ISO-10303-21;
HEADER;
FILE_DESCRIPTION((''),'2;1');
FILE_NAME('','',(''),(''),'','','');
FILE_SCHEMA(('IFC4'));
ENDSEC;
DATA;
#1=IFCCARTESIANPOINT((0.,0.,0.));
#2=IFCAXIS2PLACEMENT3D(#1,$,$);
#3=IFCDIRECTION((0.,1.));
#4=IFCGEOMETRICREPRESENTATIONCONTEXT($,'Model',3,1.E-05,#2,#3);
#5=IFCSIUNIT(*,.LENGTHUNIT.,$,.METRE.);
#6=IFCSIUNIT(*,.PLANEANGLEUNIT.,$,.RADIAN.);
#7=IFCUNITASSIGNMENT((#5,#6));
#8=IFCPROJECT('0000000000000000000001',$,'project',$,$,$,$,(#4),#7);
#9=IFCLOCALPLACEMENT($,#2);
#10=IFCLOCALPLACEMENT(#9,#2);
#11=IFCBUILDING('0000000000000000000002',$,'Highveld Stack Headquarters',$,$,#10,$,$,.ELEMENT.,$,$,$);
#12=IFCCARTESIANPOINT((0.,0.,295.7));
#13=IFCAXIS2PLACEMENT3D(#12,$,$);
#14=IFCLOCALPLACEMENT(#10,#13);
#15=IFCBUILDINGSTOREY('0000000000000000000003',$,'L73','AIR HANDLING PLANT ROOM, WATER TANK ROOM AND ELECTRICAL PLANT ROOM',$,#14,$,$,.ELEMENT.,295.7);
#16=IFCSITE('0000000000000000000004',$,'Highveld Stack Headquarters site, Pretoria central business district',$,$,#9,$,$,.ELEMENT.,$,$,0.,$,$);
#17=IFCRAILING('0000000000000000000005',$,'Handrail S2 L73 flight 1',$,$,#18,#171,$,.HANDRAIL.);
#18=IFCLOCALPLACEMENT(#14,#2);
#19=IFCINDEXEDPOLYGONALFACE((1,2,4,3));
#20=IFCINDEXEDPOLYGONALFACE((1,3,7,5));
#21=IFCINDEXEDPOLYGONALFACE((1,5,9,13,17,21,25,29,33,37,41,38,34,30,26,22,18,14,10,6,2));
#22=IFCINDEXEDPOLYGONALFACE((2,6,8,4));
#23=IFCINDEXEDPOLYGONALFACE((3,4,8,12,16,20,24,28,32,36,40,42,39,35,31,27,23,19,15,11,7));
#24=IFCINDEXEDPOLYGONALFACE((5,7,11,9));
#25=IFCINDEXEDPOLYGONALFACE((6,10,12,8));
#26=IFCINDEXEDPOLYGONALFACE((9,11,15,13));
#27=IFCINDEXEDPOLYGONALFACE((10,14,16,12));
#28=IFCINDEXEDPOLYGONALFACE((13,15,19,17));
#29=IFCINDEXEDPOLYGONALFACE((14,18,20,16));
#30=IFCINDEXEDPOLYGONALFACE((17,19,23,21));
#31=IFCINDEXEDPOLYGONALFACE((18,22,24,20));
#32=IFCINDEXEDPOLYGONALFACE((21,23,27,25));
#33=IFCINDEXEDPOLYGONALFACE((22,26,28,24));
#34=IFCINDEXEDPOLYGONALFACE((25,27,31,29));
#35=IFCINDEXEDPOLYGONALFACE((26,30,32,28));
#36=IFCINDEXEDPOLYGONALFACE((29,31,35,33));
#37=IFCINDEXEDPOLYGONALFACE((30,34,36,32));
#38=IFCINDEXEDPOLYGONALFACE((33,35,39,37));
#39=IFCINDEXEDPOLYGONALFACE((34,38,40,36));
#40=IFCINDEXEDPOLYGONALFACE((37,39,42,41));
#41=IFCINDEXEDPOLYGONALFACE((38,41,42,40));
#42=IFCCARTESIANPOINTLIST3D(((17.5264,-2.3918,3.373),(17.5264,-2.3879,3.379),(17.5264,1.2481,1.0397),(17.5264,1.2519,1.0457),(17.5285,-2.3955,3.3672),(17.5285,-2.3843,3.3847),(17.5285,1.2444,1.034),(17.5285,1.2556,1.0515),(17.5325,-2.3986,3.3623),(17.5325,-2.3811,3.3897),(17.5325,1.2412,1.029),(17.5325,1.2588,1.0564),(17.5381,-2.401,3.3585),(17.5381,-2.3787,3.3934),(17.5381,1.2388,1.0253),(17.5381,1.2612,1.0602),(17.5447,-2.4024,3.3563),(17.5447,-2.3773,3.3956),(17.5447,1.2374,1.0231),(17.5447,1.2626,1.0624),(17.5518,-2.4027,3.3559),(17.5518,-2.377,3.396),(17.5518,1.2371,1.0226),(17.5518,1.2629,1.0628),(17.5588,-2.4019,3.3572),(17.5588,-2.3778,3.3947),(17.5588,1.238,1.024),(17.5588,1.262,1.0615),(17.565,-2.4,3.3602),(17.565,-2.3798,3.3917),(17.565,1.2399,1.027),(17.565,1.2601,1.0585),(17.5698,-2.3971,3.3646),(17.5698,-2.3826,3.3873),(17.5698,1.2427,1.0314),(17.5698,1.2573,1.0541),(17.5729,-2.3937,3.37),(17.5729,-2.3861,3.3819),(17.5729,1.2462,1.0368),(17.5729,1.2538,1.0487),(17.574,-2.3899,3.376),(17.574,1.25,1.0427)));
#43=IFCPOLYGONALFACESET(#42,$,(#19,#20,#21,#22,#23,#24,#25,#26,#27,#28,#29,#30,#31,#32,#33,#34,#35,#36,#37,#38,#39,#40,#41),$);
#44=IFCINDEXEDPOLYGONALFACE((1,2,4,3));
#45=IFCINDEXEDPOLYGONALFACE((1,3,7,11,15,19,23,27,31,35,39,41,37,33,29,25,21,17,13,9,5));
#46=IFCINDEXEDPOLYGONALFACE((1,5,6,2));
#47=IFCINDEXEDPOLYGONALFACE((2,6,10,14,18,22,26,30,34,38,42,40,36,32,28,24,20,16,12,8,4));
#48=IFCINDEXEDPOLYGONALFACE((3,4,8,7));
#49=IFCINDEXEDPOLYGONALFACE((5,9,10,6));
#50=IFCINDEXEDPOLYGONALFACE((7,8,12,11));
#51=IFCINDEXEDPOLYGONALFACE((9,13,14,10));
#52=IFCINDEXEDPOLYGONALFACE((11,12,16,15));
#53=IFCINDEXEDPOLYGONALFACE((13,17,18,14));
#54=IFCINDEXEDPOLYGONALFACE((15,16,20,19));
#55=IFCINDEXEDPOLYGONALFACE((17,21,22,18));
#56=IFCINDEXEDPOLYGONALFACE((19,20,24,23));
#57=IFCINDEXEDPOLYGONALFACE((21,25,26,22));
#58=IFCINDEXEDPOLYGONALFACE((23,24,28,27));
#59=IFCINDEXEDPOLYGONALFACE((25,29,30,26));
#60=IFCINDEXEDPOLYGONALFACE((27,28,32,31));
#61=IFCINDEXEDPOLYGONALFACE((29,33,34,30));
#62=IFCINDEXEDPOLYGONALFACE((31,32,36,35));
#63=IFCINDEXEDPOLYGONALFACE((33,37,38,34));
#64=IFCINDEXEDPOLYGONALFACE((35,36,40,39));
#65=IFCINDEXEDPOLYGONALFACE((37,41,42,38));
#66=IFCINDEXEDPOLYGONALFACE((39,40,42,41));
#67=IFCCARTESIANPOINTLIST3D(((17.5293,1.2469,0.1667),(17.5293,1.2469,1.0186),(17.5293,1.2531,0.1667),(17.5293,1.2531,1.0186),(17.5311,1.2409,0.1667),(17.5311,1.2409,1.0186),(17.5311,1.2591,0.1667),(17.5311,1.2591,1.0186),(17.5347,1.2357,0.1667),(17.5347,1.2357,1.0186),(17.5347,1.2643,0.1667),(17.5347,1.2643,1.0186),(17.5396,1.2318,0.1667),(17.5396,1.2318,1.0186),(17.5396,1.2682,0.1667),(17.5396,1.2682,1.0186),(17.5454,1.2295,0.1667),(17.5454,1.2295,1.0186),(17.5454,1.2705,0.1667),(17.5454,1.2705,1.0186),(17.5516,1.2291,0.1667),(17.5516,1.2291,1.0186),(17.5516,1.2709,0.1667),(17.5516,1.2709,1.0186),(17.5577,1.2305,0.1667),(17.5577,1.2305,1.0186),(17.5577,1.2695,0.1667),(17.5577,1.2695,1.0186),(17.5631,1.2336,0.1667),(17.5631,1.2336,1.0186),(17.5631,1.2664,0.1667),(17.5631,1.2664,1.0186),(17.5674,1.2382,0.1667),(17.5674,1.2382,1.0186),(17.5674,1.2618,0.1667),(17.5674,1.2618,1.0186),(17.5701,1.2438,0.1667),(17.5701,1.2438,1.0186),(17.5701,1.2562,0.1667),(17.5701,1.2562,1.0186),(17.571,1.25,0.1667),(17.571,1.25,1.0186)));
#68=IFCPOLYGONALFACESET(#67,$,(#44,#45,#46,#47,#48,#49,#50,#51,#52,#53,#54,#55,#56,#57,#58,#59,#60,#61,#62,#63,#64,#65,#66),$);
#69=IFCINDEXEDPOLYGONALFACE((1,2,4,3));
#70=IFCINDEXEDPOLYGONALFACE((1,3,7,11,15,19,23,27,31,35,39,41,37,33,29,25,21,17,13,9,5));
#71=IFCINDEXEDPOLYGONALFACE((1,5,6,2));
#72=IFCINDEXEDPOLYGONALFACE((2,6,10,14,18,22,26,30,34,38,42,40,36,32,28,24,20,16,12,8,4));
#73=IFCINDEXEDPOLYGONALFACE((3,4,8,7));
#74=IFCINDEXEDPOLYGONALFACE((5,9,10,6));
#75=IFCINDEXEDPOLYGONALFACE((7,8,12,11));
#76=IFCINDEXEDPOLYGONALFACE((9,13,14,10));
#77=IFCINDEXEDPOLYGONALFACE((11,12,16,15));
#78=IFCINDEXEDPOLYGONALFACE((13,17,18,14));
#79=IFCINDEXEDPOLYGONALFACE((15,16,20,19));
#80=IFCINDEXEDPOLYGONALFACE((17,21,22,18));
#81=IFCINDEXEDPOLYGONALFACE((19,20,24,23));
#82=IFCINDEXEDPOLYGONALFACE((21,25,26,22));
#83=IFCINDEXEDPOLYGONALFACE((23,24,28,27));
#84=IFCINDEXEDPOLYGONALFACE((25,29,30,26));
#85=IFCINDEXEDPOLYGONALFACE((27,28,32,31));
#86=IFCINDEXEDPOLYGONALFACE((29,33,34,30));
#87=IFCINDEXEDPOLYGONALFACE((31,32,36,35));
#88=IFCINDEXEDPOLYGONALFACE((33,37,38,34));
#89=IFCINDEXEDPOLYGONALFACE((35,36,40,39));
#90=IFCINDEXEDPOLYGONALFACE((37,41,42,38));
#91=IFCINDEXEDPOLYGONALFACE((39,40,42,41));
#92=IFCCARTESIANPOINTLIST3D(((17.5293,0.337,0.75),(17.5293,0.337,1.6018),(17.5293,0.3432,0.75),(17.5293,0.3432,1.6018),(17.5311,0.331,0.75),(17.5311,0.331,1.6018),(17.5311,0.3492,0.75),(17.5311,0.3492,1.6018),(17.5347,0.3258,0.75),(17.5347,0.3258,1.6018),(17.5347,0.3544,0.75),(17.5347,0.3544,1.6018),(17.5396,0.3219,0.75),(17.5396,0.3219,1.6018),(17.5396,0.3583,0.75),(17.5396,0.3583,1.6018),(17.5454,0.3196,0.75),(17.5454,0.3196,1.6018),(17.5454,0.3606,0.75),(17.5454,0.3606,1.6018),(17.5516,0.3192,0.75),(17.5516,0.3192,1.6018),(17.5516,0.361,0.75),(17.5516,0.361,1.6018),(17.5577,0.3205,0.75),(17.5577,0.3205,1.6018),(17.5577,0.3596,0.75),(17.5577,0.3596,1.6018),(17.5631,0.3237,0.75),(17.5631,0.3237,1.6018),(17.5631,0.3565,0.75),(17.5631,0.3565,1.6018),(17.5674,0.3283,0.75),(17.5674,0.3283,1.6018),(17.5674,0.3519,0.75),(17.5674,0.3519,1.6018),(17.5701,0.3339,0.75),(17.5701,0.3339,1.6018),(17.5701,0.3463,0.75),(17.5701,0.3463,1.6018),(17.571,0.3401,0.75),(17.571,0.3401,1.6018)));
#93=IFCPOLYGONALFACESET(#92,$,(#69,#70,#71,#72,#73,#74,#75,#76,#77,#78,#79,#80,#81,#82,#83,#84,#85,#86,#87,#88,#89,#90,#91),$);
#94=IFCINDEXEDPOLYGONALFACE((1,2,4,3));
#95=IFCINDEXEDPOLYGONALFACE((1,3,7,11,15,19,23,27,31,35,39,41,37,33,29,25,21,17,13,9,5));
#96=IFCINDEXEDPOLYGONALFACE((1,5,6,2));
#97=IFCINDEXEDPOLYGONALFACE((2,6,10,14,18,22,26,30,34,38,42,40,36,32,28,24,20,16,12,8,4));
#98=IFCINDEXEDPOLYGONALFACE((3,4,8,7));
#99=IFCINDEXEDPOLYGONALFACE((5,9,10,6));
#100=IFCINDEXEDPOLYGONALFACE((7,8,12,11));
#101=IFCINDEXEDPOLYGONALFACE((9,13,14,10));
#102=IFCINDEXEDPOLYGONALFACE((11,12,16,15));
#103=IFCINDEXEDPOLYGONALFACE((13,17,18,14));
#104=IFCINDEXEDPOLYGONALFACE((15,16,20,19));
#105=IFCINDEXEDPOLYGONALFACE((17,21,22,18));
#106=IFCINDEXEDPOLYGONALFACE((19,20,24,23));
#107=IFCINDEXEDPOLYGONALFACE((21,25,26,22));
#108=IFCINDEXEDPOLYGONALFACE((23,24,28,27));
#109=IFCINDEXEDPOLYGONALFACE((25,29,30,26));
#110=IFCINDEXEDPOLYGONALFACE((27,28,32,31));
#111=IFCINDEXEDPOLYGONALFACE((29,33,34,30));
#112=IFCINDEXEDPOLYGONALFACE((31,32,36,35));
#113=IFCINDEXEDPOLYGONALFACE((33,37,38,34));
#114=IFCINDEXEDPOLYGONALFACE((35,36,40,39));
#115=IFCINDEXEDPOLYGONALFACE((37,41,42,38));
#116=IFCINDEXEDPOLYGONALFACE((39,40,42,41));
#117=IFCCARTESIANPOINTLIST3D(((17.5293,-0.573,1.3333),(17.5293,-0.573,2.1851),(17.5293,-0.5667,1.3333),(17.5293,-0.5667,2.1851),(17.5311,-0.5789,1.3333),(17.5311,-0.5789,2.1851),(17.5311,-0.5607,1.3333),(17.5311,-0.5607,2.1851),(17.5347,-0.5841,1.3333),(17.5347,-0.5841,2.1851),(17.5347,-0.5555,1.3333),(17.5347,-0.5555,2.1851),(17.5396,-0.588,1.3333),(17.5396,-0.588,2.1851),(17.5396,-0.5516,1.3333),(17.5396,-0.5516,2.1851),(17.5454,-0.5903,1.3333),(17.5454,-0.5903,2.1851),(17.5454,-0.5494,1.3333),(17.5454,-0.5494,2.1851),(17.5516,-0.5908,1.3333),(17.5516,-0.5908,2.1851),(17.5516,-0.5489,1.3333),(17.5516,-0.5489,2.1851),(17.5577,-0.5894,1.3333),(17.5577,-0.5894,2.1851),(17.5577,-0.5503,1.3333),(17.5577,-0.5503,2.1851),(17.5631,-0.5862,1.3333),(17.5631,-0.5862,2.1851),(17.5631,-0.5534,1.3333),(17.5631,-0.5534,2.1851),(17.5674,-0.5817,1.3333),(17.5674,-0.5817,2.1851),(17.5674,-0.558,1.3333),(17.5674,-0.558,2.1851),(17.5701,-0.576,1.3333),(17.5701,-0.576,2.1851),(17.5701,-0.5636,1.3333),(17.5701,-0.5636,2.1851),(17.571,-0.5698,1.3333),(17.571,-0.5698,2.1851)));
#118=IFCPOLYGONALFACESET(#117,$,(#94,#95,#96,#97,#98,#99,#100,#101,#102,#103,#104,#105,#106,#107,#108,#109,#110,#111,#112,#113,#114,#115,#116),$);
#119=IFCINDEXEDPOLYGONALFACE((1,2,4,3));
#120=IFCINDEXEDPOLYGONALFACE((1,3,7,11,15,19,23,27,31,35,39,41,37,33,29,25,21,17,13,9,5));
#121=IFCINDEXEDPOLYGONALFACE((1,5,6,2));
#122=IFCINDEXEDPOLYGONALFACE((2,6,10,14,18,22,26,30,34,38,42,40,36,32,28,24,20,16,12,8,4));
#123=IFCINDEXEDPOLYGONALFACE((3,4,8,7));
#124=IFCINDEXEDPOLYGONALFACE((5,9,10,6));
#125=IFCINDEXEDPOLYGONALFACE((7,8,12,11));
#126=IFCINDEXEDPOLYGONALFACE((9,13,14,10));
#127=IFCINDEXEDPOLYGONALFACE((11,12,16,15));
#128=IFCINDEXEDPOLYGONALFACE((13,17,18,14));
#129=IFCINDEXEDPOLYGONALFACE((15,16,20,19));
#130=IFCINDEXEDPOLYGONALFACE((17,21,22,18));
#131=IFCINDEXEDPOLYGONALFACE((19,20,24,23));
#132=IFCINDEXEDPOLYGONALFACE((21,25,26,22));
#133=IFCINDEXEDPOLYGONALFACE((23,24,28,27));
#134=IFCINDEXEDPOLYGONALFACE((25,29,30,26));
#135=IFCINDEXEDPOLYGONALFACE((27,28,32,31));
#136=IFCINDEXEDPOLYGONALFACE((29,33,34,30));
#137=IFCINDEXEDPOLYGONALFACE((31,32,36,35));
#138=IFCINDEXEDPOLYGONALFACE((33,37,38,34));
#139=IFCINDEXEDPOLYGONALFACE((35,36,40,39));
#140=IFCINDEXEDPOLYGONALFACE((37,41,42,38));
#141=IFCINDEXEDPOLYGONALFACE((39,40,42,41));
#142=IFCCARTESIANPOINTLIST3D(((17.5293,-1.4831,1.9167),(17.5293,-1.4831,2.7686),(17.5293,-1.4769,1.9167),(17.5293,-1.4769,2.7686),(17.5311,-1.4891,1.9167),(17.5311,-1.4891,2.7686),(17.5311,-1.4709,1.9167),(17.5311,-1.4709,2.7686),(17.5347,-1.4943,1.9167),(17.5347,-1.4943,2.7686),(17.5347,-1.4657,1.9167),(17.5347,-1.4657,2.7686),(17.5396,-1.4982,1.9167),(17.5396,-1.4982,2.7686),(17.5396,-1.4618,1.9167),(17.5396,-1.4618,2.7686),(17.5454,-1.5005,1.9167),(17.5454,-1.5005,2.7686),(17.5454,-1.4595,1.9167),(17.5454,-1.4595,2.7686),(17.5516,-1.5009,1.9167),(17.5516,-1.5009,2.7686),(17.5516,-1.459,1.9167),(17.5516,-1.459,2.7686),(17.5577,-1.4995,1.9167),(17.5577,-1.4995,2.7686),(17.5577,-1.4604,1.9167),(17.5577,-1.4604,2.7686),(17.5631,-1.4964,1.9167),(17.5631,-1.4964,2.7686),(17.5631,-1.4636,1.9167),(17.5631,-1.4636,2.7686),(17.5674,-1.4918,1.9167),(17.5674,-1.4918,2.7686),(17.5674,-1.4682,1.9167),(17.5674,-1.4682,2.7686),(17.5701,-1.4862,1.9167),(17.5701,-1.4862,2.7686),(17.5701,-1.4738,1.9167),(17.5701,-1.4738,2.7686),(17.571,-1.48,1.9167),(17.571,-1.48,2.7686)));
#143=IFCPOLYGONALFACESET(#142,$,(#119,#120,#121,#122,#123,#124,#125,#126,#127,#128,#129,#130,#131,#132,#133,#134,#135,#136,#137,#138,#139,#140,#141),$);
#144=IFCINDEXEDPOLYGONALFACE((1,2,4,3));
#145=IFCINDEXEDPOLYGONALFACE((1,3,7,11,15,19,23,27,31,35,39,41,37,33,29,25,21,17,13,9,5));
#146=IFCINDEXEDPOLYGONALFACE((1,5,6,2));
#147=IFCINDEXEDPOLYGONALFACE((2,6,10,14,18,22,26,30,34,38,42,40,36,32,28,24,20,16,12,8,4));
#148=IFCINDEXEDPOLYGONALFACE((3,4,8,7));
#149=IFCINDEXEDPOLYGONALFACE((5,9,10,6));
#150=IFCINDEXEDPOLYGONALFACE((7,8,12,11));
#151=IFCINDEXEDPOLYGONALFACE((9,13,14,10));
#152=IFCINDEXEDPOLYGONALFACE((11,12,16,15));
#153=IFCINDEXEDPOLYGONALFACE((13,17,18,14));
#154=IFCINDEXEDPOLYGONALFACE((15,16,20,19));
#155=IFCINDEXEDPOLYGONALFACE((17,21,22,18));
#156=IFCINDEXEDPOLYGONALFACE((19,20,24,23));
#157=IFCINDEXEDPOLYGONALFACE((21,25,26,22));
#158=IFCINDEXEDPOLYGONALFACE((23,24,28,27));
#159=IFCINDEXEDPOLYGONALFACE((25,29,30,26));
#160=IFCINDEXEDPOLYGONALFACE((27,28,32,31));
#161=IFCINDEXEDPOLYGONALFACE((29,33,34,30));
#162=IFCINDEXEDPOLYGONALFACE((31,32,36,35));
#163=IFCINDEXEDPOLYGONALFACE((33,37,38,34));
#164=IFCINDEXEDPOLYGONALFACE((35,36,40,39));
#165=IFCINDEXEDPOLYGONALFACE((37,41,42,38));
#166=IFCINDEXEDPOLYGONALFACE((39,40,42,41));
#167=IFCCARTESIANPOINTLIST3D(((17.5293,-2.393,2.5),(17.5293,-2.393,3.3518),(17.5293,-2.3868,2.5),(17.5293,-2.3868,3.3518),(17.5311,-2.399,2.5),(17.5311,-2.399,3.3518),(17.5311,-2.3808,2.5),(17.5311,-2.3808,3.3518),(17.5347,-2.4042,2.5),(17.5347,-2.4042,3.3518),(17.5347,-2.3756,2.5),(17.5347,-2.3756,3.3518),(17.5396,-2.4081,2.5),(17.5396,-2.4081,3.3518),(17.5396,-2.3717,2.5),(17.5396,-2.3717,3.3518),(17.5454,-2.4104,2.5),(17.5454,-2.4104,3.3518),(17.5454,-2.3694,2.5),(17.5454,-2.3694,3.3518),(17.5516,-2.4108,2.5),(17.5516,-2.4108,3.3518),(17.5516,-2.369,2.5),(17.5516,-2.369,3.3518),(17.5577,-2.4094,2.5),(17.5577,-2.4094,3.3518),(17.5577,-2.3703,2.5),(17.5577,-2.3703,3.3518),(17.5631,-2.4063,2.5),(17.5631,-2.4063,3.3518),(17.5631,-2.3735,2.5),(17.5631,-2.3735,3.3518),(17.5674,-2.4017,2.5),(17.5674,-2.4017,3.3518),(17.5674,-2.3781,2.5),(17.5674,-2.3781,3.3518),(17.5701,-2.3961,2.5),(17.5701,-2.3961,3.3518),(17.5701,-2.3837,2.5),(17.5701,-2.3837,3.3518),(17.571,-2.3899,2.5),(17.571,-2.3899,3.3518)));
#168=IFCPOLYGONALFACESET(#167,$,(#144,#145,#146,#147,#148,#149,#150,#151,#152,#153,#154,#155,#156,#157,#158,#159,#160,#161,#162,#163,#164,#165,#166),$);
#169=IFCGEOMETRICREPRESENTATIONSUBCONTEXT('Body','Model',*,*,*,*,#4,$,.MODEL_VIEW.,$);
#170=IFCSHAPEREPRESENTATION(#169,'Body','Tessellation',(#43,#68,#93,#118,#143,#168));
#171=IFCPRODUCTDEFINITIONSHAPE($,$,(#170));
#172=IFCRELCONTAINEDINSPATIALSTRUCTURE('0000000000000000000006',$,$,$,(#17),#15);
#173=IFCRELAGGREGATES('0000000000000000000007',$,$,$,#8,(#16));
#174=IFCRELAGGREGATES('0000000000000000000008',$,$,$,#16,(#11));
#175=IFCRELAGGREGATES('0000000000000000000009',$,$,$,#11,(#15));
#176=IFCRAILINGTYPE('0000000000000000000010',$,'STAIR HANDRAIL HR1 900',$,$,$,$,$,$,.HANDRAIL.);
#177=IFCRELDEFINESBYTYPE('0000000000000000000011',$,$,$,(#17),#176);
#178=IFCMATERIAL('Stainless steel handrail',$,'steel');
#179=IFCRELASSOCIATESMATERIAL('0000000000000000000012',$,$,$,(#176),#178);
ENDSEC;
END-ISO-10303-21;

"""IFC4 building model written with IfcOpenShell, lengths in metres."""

from ifc_helpers import new_model, si_unit, direction, frame, origin, origin_2d, place, context, subcontext, project, spatial, circle, extrude, material, type_object, element, save


model = new_model("IFC4")

# Units and contexts
model_context = context("Model", 3, precision=1e-05, world=origin(), true_north=direction((0.0, 1.0)))
body_context = subcontext(model_context, "Body", "Model", "MODEL_VIEW")
ifc_project = project(units=[si_unit("LENGTHUNIT", "METRE"), si_unit("PLANEANGLEUNIT", "RADIAN")], contexts=[model_context])

# Site, building, storey
site_placement = place(None, origin())
site = spatial("IfcSite", under=ifc_project, at=site_placement, Name="Highveld Stack Headquarters site, Pretoria central business district", CompositionType="ELEMENT", RefElevation=0.0)
building_placement = place(site_placement, origin())
building = spatial("IfcBuilding", under=site, at=building_placement, Name="Highveld Stack Headquarters", CompositionType="ELEMENT")
storey_placement = place(building_placement, frame((0.0, 0.0, 295.7)))
storey = spatial("IfcBuildingStorey", under=building, at=storey_placement, Name="L73", Description="AIR HANDLING PLANT ROOM, WATER TANK ROOM AND ELECTRICAL PLANT ROOM", CompositionType="ELEMENT", Elevation=295.7)

# Railing
ifc_material_1 = material(Name="Stainless steel handrail", Category="steel")
railing_type = type_object("IfcRailingType", Name="STAIR HANDRAIL HR1 900", PredefinedType="HANDRAIL", material=ifc_material_1)
for number, where, name in (
    (1, (17.55, 1.25, 0.1667), "Handrail S2 L73 flight 1"),
):
    element("IfcRailing", number, at=place(storey_placement, frame(where)), inside=storey, type_object=railing_type, Name=name, PredefinedType="HANDRAIL", context=body_context, shape_type="SweptSolid", body=[
        extrude(circle(Radius=0.0239, at=origin_2d()), frame((0.0, 0.0, 0.876), z_axis=(0.0, -0.84188, 0.539664), x_axis=(1.0, 0.0, 0.0)), (0.0, 0.0, 1.0), 4.3235),
        extrude(circle(Radius=0.021, at=origin_2d()), origin(), (0.0, 0.0, 1.0), 0.8518),
        extrude(circle(Radius=0.021, at=origin_2d()), frame((0.0, -0.9099, 0.5833)), (0.0, 0.0, 1.0), 0.8518),
        extrude(circle(Radius=0.021, at=origin_2d()), frame((0.0, -1.8198, 1.1665)), (0.0, 0.0, 1.0), 0.8518),
        extrude(circle(Radius=0.021, at=origin_2d()), frame((0.0, -2.73, 1.75)), (0.0, 0.0, 1.0), 0.8518),
        extrude(circle(Radius=0.021, at=origin_2d()), frame((0.0, -3.6399, 2.3333)), (0.0, 0.0, 1.0), 0.8518),
    ])

save(model, "model.ifc")
